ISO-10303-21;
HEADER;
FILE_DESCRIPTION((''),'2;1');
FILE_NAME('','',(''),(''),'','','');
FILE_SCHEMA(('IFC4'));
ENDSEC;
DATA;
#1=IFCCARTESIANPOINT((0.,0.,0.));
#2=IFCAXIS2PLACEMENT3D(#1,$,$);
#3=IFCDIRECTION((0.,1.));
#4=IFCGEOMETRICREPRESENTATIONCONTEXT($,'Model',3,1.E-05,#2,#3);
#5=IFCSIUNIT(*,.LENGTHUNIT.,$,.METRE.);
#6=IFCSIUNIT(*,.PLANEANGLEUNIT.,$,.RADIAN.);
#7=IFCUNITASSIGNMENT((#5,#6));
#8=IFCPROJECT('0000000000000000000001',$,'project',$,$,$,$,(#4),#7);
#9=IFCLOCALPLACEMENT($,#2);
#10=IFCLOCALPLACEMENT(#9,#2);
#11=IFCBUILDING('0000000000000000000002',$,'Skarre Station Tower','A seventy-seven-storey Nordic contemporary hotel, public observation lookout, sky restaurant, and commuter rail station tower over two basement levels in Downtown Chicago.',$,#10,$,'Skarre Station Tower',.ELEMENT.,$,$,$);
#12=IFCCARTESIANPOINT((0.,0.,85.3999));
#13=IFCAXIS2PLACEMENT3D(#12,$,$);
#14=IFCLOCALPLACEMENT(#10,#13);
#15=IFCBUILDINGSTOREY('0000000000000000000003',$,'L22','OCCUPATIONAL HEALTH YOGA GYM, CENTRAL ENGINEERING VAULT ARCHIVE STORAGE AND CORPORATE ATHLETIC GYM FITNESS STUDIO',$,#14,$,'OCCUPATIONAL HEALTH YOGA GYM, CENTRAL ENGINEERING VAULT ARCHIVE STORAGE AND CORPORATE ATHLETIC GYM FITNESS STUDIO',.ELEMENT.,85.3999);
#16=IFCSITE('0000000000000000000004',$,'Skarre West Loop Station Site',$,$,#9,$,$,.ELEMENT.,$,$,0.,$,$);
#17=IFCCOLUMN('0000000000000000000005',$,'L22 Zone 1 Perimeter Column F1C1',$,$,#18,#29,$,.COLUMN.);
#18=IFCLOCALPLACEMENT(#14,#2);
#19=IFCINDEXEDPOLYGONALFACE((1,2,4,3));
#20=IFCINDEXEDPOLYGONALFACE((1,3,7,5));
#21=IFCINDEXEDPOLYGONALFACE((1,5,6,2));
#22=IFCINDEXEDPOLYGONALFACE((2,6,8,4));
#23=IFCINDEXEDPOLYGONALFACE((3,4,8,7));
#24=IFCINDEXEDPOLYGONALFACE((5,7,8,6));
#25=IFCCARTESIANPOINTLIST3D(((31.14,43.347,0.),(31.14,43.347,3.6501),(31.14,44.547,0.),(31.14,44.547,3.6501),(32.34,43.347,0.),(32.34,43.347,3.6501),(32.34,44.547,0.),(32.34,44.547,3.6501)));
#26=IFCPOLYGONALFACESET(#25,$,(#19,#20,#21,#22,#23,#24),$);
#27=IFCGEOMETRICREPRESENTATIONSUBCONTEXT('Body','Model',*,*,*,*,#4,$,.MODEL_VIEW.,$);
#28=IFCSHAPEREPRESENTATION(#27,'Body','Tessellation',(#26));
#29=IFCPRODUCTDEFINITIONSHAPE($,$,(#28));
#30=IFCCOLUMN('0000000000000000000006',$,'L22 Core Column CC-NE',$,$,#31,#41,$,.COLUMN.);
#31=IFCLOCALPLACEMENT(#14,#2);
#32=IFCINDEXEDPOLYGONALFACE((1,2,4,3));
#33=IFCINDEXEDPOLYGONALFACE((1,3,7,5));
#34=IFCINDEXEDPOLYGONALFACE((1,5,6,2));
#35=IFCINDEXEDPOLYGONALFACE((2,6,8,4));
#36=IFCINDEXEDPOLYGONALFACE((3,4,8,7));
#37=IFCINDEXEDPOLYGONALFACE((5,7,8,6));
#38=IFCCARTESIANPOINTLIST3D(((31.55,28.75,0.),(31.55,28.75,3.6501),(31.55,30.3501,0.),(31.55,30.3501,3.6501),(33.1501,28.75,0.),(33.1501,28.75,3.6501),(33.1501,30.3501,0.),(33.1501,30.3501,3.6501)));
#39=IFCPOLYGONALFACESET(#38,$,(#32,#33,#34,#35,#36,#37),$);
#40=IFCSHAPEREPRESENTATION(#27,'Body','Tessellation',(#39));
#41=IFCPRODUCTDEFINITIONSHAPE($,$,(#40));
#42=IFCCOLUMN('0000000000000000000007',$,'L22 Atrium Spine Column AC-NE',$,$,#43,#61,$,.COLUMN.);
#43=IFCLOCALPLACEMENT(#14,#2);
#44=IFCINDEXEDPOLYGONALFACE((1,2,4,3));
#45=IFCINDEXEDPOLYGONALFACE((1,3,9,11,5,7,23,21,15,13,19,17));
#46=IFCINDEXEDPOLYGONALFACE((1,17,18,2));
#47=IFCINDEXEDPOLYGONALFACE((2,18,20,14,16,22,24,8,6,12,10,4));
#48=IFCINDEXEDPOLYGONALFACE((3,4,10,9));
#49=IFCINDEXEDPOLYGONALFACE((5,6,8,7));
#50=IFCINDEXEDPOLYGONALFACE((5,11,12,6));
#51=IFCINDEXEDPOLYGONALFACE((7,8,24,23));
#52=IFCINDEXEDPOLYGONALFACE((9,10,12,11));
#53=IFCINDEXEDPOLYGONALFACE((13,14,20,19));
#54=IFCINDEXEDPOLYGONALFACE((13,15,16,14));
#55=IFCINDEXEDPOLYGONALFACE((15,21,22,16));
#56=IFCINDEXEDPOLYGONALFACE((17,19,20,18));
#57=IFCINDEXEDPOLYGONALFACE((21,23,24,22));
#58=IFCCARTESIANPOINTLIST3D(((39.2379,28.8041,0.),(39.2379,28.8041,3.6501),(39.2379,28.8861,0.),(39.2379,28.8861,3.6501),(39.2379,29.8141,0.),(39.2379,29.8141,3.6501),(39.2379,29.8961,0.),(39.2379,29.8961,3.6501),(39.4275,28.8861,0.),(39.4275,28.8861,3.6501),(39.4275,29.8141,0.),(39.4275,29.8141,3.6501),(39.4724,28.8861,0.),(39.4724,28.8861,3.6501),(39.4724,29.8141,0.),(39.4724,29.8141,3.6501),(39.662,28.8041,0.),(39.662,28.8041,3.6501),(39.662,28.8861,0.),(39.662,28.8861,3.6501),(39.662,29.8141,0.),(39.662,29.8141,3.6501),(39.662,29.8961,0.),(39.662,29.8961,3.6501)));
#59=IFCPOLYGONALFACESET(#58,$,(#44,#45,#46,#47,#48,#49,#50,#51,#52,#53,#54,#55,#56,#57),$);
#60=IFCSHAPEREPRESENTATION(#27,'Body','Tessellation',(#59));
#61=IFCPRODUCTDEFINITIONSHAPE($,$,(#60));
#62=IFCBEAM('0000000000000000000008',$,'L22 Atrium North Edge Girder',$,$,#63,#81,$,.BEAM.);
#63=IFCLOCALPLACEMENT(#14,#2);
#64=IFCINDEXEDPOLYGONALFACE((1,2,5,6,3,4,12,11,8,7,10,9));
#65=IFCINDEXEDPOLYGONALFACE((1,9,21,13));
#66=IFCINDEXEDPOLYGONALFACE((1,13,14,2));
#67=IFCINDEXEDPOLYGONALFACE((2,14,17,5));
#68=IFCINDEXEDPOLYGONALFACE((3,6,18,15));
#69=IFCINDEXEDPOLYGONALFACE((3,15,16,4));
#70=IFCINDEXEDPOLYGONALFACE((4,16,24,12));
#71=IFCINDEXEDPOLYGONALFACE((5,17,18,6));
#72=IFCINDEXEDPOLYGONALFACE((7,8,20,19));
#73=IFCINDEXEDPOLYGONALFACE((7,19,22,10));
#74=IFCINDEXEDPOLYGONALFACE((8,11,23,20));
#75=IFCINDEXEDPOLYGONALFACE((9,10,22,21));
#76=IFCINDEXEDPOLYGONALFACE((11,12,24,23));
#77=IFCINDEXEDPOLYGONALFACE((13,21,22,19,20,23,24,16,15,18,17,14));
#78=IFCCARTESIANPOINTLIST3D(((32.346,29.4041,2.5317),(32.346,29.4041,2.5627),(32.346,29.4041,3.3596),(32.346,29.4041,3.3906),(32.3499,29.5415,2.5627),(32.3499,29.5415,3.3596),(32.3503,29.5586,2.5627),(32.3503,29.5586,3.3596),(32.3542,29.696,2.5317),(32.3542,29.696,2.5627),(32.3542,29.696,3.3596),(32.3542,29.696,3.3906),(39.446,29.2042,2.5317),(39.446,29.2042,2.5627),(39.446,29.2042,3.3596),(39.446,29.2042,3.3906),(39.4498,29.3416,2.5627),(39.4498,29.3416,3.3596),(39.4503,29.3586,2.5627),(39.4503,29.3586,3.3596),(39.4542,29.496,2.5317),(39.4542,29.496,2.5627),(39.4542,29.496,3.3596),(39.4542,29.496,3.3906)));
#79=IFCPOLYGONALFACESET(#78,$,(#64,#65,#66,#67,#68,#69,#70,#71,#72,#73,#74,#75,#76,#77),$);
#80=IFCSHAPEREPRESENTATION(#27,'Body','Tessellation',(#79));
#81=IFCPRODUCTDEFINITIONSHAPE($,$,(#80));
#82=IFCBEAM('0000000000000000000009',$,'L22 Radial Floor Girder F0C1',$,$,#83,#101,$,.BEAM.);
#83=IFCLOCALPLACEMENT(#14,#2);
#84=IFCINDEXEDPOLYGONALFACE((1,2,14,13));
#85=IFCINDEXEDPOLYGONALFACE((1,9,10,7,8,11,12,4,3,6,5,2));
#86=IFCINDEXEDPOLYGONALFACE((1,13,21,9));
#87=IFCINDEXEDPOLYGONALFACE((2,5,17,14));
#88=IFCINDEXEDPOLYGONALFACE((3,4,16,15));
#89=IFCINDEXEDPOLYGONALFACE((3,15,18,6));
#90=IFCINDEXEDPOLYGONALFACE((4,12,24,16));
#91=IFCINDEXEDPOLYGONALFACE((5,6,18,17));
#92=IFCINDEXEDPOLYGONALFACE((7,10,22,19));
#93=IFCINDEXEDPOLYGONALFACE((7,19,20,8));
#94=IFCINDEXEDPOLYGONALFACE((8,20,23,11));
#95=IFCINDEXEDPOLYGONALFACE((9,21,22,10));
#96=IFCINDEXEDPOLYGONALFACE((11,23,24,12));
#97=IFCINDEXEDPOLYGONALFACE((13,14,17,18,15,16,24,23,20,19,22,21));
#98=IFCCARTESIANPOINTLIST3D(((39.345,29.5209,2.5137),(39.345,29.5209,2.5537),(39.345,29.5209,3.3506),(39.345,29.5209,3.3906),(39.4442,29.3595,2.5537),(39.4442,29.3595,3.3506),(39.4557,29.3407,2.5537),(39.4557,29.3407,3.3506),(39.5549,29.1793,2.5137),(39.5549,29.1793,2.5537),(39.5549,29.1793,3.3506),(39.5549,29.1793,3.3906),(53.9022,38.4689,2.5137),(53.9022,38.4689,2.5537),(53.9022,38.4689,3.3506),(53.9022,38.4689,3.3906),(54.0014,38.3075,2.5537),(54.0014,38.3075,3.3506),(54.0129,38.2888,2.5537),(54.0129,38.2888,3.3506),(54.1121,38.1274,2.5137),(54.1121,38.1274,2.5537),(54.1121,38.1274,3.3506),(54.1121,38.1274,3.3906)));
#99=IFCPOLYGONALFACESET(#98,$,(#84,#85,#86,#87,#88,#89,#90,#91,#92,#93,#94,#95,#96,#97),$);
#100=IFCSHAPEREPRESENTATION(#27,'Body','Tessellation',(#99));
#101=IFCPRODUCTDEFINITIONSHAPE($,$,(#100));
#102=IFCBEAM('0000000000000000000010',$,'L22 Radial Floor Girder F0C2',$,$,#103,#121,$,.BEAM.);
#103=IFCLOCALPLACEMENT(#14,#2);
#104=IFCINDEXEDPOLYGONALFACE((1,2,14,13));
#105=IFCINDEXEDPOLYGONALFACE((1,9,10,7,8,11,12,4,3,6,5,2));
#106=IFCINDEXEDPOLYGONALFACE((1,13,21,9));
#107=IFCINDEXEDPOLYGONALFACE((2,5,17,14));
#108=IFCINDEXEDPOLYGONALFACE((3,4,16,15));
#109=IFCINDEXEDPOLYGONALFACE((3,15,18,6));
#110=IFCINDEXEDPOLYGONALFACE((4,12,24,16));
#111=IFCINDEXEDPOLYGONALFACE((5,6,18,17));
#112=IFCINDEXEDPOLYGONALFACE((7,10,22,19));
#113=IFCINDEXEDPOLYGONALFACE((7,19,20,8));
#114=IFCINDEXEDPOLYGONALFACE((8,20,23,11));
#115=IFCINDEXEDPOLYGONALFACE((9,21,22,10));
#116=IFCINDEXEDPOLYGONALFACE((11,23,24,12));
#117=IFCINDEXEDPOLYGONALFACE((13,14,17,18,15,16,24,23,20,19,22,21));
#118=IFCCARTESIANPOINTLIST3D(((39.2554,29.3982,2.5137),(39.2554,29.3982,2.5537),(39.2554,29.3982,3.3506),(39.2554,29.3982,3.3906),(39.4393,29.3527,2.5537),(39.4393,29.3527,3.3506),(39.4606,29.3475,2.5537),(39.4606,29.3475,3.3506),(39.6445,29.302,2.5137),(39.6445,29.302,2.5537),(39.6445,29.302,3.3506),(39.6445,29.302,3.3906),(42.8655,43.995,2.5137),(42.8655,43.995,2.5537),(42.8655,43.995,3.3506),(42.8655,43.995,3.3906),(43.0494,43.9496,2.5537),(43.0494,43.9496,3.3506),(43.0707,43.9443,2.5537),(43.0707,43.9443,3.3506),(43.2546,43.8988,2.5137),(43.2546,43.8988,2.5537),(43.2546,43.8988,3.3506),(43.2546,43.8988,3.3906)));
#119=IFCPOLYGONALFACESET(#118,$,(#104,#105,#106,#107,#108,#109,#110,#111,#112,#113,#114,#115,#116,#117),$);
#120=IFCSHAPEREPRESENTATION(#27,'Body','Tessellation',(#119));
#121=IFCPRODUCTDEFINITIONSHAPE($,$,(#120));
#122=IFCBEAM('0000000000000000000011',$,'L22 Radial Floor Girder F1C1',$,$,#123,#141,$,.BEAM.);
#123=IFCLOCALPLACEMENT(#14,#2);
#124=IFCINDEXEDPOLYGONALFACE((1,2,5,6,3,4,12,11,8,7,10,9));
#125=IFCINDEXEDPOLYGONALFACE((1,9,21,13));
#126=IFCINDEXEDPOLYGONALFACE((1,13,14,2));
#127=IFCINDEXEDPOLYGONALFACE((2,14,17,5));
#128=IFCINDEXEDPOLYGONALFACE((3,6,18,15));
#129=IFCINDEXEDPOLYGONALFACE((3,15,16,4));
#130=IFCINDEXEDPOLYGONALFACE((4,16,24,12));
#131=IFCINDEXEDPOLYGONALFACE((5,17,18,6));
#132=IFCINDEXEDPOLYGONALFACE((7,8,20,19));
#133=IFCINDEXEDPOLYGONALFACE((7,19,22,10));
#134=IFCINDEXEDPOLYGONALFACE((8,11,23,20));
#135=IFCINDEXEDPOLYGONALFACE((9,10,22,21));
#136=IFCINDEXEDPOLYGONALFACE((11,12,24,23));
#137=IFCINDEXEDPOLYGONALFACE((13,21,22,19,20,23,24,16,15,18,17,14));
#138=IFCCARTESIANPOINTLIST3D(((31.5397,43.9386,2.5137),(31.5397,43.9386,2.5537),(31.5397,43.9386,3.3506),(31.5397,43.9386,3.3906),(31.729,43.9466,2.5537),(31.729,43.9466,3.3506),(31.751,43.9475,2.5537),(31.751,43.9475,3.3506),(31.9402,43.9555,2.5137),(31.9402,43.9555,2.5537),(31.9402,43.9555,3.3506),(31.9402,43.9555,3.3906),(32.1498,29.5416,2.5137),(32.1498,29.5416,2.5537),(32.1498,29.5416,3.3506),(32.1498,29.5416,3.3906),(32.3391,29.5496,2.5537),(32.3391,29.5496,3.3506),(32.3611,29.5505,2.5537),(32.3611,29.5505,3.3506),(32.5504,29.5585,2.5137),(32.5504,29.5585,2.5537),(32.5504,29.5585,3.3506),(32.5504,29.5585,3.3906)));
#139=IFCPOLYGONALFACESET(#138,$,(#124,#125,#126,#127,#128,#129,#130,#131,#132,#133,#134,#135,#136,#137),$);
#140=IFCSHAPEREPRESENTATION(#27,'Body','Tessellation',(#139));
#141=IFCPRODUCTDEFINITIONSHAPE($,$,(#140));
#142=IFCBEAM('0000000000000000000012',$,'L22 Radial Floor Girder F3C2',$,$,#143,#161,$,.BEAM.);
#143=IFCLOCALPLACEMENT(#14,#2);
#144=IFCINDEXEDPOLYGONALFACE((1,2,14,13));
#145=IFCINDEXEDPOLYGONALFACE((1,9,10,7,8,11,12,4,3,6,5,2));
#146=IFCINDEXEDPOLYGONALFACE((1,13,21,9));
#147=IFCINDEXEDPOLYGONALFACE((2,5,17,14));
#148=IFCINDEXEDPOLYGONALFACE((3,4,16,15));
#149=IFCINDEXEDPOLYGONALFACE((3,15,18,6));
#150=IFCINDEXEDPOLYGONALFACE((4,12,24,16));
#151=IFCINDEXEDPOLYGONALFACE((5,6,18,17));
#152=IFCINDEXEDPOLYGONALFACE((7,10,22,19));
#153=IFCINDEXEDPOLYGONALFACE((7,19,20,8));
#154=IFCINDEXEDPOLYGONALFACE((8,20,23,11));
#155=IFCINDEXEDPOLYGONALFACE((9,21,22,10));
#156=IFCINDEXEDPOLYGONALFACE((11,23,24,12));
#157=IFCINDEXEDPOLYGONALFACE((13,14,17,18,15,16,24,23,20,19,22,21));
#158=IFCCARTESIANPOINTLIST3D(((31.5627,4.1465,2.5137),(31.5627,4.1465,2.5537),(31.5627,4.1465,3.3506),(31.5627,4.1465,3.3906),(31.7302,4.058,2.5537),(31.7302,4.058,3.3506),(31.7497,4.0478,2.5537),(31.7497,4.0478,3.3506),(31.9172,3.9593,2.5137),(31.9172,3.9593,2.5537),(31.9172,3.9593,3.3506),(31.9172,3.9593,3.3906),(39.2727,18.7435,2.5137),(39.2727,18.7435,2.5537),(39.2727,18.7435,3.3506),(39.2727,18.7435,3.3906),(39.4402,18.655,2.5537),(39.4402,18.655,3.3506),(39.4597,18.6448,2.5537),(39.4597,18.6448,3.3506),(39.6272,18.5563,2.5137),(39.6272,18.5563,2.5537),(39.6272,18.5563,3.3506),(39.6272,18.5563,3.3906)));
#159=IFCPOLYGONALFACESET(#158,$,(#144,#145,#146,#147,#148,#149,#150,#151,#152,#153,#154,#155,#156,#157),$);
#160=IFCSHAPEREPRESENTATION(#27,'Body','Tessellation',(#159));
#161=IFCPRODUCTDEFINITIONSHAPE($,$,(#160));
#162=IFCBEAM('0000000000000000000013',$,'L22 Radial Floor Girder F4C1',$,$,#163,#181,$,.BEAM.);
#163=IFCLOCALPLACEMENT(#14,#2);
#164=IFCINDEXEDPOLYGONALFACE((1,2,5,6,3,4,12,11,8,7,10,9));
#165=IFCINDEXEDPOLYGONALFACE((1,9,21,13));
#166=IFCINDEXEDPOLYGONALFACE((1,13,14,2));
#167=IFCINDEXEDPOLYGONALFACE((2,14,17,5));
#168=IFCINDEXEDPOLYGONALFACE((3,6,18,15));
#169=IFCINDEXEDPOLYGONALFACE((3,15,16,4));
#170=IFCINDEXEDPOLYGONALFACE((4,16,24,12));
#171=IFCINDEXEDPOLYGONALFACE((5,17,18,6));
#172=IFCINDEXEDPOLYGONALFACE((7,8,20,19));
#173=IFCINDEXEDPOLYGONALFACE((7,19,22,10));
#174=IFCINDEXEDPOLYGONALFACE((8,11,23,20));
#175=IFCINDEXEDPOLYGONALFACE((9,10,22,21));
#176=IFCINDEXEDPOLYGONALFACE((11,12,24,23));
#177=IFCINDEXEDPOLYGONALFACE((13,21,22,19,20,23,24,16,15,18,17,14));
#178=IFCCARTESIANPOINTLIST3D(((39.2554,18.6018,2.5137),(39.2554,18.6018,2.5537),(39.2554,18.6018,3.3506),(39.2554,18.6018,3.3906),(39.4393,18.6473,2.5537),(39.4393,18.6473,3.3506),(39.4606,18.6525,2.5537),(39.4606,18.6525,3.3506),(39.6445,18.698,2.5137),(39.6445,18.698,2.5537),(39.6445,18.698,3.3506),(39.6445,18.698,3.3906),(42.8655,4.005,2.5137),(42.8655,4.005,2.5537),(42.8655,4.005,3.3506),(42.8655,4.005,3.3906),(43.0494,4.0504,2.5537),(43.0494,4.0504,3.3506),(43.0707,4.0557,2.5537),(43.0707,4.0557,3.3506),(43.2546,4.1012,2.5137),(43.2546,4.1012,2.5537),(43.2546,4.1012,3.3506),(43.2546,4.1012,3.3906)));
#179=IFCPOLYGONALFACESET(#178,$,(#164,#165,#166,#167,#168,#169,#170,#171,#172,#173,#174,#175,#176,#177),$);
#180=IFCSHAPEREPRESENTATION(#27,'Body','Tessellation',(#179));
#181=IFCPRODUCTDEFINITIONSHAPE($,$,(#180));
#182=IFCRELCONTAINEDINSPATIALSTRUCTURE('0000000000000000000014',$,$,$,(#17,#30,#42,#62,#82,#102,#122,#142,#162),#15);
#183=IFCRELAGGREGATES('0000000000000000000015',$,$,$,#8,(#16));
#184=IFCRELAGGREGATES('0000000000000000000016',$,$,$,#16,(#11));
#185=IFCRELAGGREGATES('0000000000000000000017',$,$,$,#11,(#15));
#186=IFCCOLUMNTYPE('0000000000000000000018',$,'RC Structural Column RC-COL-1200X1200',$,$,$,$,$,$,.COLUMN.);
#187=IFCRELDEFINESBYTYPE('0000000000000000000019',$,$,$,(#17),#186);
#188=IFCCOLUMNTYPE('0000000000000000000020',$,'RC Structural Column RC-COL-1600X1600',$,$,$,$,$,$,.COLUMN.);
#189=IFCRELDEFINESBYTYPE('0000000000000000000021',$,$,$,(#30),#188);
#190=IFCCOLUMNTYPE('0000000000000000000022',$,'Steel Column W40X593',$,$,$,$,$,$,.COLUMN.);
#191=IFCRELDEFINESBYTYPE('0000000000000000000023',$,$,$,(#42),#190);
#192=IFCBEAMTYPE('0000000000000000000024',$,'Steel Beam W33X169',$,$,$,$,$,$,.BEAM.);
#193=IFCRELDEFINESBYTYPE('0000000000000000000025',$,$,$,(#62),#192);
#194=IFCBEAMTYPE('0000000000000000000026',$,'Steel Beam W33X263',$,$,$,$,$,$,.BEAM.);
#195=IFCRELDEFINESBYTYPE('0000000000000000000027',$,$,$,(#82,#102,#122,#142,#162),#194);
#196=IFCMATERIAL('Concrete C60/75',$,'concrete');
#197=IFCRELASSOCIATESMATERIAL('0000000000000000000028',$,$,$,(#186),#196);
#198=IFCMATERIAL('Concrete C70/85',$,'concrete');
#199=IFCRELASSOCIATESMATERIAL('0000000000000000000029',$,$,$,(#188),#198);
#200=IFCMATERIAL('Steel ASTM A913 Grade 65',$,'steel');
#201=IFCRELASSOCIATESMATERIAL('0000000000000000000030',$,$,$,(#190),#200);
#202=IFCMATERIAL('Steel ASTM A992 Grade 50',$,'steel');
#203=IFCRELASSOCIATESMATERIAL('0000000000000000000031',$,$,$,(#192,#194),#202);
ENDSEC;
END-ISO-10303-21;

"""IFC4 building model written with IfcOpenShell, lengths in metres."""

from ifc_helpers import new_model, si_unit, direction, frame, origin, origin_2d, place, context, subcontext, project, spatial, rectangle, i_section, extrude, material, material_profile, profile_set, type_object, element, save


model = new_model("IFC4")

# Units and contexts
model_context = context("Model", 3, precision=1e-05, world=origin(), true_north=direction((0.0, 1.0)))
body_context = subcontext(model_context, "Body", "Model", "MODEL_VIEW")
ifc_project = project(units=[si_unit("LENGTHUNIT", "METRE"), si_unit("PLANEANGLEUNIT", "RADIAN")], contexts=[model_context])

# Site, building, storey
site_placement = place(None, origin())
site = spatial("IfcSite", under=ifc_project, at=site_placement, Name="Skarre West Loop Station Site", CompositionType="ELEMENT", RefElevation=0.0)
building_placement = place(site_placement, origin())
building = spatial("IfcBuilding", under=site, at=building_placement, Name="Skarre Station Tower", Description="A seventy-seven-storey Nordic contemporary hotel, public observation lookout, sky restaurant, and commuter rail station tower over two basement levels in Downtown Chicago.", LongName="Skarre Station Tower", CompositionType="ELEMENT")
storey_placement = place(building_placement, frame((0.0, 0.0, 85.3999)))
storey = spatial("IfcBuildingStorey", under=building, at=storey_placement, Name="L22", Description="OCCUPATIONAL HEALTH YOGA GYM, CENTRAL ENGINEERING VAULT ARCHIVE STORAGE AND CORPORATE ATHLETIC GYM FITNESS STUDIO", LongName="OCCUPATIONAL HEALTH YOGA GYM, CENTRAL ENGINEERING VAULT ARCHIVE STORAGE AND CORPORATE ATHLETIC GYM FITNESS STUDIO", CompositionType="ELEMENT", Elevation=85.3999)

# Columns
ifc_material_1 = material(Name="Concrete C60/75", Category="concrete")
ifc_material_profile_1 = material_profile(ifc_material_1, rectangle(XDim=1.2, YDim=1.2, at=origin_2d()), Name="Concrete C60/75")
ifc_profile_set_1 = profile_set([ifc_material_profile_1], Name="Concrete C60/75")
column_type_1 = type_object("IfcColumnType", Name="RC Structural Column RC-COL-1200X1200", PredefinedType="COLUMN", material=ifc_profile_set_1)
column_1_placement = place(storey_placement, frame((31.74, 43.947, 0.0), z_axis=(0.0, 0.0, 1.0), x_axis=(1.0, 0.0, 0.0)))
element("IfcColumn", 1, at=column_1_placement, inside=storey, type_object=column_type_1, Name="L22 Zone 1 Perimeter Column F1C1", PredefinedType="COLUMN", context=body_context, shape_type="SweptSolid", body=[
    extrude(rectangle(XDim=1.2, YDim=1.2, at=origin_2d()), origin(), (0.0, 0.0, 1.0), 3.6501),
])
ifc_material_2 = material(Name="Concrete C70/85", Category="concrete")
ifc_material_profile_2 = material_profile(ifc_material_2, rectangle(XDim=1.6001, YDim=1.6001, at=origin_2d()), Name="Concrete C70/85")
ifc_profile_set_2 = profile_set([ifc_material_profile_2], Name="Concrete C70/85")
column_type_2 = type_object("IfcColumnType", Name="RC Structural Column RC-COL-1600X1600", PredefinedType="COLUMN", material=ifc_profile_set_2)
column_2_placement = place(storey_placement, frame((32.3501, 29.55, 0.0), z_axis=(0.0, 0.0, 1.0), x_axis=(1.0, 0.0, 0.0)))
element("IfcColumn", 2, at=column_2_placement, inside=storey, type_object=column_type_2, Name="L22 Core Column CC-NE", PredefinedType="COLUMN", context=body_context, shape_type="SweptSolid", body=[
    extrude(rectangle(XDim=1.6001, YDim=1.6001, at=origin_2d()), origin(), (0.0, 0.0, 1.0), 3.6501),
])
ifc_material_3 = material(Name="Steel ASTM A913 Grade 65", Category="steel")
ifc_material_profile_3 = material_profile(ifc_material_3, i_section(OverallWidth=0.4241, OverallDepth=1.092, WebThickness=0.0449, FlangeThickness=0.082, at=origin_2d()), Name="Steel ASTM A913 Grade 65")
ifc_profile_set_3 = profile_set([ifc_material_profile_3], Name="Steel ASTM A913 Grade 65")
column_type_3 = type_object("IfcColumnType", Name="Steel Column W40X593", PredefinedType="COLUMN", material=ifc_profile_set_3)
column_3_placement = place(storey_placement, frame((39.45, 29.3501, 0.0), z_axis=(0.0, 0.0, 1.0), x_axis=(1.0, 0.0, 0.0)))
element("IfcColumn", 3, at=column_3_placement, inside=storey, type_object=column_type_3, Name="L22 Atrium Spine Column AC-NE", PredefinedType="COLUMN", context=body_context, shape_type="SweptSolid", body=[
    extrude(i_section(OverallWidth=0.4241, OverallDepth=1.092, WebThickness=0.0449, FlangeThickness=0.082, at=origin_2d()), origin(), (0.0, 0.0, 1.0), 3.6501),
])

# Beams
ifc_material_4 = material(Name="Steel ASTM A992 Grade 50", Category="steel")
ifc_material_profile_4 = material_profile(ifc_material_4, i_section(OverallWidth=0.292, OverallDepth=0.8589, WebThickness=0.0171, FlangeThickness=0.031, at=origin_2d()), Name="Steel ASTM A992 Grade 50")
ifc_profile_set_4 = profile_set([ifc_material_profile_4], Name="Steel ASTM A992 Grade 50")
beam_type_1 = type_object("IfcBeamType", Name="Steel Beam W33X169", PredefinedType="BEAM", material=ifc_profile_set_4)
beam_1_placement = place(storey_placement, frame((32.3501, 29.55, 2.9612), z_axis=(0.999604, -0.028152, 0.0), x_axis=(0.028152, 0.999604, 0.0)))
element("IfcBeam", 4, at=beam_1_placement, inside=storey, type_object=beam_type_1, Name="L22 Atrium North Edge Girder", PredefinedType="BEAM", context=body_context, shape_type="SweptSolid", body=[
    extrude(i_section(OverallWidth=0.292, OverallDepth=0.8589, WebThickness=0.0171, FlangeThickness=0.031, at=origin_2d()), origin(), (0.0, 0.0, 1.0), 7.1028),
])
ifc_material_profile_5 = material_profile(ifc_material_4, i_section(OverallWidth=0.4009, OverallDepth=0.877, WebThickness=0.022, FlangeThickness=0.04, at=origin_2d()), Name="Steel ASTM A992 Grade 50")
ifc_profile_set_5 = profile_set([ifc_material_profile_5], Name="Steel ASTM A992 Grade 50")
beam_type_2 = type_object("IfcBeamType", Name="Steel Beam W33X263", PredefinedType="BEAM", material=ifc_profile_set_5)
beam_2_placement = place(storey_placement, frame((39.45, 29.3501, 2.9521), z_axis=(0.851926, 0.523663, 0.0), x_axis=(-0.523663, 0.851926, 0.0)))
element("IfcBeam", 5, at=beam_2_placement, inside=storey, type_object=beam_type_2, Name="L22 Radial Floor Girder F0C1", PredefinedType="BEAM", context=body_context, shape_type="SweptSolid", body=[
    extrude(i_section(OverallWidth=0.4009, OverallDepth=0.877, WebThickness=0.022, FlangeThickness=0.04, at=origin_2d()), origin(), (0.0, 0.0, 1.0), 17.0874),
])
beam_3_placement = place(storey_placement, frame((39.45, 29.3501, 2.9521), z_axis=(0.240086, 0.970752, 0.0), x_axis=(-0.970752, 0.240086, 0.0)))
element("IfcBeam", 6, at=beam_3_placement, inside=storey, type_object=beam_type_2, Name="L22 Radial Floor Girder F0C2", PredefinedType="BEAM", context=body_context, shape_type="SweptSolid", body=[
    extrude(i_section(OverallWidth=0.4009, OverallDepth=0.877, WebThickness=0.022, FlangeThickness=0.04, at=origin_2d()), origin(), (0.0, 0.0, 1.0), 15.0366),
])
beam_4_placement = place(storey_placement, frame((32.3501, 29.55, 2.9521), z_axis=(-0.042339, 0.999103, 0.0), x_axis=(-0.999103, -0.042339, 0.0)))
element("IfcBeam", 7, at=beam_4_placement, inside=storey, type_object=beam_type_2, Name="L22 Radial Floor Girder F1C1", PredefinedType="BEAM", context=body_context, shape_type="SweptSolid", body=[
    extrude(i_section(OverallWidth=0.4009, OverallDepth=0.877, WebThickness=0.022, FlangeThickness=0.04, at=origin_2d()), origin(), (0.0, 0.0, 1.0), 14.4099),
])
beam_5_placement = place(storey_placement, frame((39.45, 18.6499, 2.9521), z_axis=(-0.467044, -0.884234, 0.0), x_axis=(0.884234, -0.467044, 0.0)))
element("IfcBeam", 8, at=beam_5_placement, inside=storey, type_object=beam_type_2, Name="L22 Radial Floor Girder F3C2", PredefinedType="BEAM", context=body_context, shape_type="SweptSolid", body=[
    extrude(i_section(OverallWidth=0.4009, OverallDepth=0.877, WebThickness=0.022, FlangeThickness=0.04, at=origin_2d()), origin(), (0.0, 0.0, 1.0), 16.5081),
])
beam_6_placement = place(storey_placement, frame((39.45, 18.6499, 2.9521), z_axis=(0.240086, -0.970752, 0.0), x_axis=(0.970752, 0.240086, 0.0)))
element("IfcBeam", 9, at=beam_6_placement, inside=storey, type_object=beam_type_2, Name="L22 Radial Floor Girder F4C1", PredefinedType="BEAM", context=body_context, shape_type="SweptSolid", body=[
    extrude(i_section(OverallWidth=0.4009, OverallDepth=0.877, WebThickness=0.022, FlangeThickness=0.04, at=origin_2d()), origin(), (0.0, 0.0, 1.0), 15.0366),
])

save(model, "model.ifc")
